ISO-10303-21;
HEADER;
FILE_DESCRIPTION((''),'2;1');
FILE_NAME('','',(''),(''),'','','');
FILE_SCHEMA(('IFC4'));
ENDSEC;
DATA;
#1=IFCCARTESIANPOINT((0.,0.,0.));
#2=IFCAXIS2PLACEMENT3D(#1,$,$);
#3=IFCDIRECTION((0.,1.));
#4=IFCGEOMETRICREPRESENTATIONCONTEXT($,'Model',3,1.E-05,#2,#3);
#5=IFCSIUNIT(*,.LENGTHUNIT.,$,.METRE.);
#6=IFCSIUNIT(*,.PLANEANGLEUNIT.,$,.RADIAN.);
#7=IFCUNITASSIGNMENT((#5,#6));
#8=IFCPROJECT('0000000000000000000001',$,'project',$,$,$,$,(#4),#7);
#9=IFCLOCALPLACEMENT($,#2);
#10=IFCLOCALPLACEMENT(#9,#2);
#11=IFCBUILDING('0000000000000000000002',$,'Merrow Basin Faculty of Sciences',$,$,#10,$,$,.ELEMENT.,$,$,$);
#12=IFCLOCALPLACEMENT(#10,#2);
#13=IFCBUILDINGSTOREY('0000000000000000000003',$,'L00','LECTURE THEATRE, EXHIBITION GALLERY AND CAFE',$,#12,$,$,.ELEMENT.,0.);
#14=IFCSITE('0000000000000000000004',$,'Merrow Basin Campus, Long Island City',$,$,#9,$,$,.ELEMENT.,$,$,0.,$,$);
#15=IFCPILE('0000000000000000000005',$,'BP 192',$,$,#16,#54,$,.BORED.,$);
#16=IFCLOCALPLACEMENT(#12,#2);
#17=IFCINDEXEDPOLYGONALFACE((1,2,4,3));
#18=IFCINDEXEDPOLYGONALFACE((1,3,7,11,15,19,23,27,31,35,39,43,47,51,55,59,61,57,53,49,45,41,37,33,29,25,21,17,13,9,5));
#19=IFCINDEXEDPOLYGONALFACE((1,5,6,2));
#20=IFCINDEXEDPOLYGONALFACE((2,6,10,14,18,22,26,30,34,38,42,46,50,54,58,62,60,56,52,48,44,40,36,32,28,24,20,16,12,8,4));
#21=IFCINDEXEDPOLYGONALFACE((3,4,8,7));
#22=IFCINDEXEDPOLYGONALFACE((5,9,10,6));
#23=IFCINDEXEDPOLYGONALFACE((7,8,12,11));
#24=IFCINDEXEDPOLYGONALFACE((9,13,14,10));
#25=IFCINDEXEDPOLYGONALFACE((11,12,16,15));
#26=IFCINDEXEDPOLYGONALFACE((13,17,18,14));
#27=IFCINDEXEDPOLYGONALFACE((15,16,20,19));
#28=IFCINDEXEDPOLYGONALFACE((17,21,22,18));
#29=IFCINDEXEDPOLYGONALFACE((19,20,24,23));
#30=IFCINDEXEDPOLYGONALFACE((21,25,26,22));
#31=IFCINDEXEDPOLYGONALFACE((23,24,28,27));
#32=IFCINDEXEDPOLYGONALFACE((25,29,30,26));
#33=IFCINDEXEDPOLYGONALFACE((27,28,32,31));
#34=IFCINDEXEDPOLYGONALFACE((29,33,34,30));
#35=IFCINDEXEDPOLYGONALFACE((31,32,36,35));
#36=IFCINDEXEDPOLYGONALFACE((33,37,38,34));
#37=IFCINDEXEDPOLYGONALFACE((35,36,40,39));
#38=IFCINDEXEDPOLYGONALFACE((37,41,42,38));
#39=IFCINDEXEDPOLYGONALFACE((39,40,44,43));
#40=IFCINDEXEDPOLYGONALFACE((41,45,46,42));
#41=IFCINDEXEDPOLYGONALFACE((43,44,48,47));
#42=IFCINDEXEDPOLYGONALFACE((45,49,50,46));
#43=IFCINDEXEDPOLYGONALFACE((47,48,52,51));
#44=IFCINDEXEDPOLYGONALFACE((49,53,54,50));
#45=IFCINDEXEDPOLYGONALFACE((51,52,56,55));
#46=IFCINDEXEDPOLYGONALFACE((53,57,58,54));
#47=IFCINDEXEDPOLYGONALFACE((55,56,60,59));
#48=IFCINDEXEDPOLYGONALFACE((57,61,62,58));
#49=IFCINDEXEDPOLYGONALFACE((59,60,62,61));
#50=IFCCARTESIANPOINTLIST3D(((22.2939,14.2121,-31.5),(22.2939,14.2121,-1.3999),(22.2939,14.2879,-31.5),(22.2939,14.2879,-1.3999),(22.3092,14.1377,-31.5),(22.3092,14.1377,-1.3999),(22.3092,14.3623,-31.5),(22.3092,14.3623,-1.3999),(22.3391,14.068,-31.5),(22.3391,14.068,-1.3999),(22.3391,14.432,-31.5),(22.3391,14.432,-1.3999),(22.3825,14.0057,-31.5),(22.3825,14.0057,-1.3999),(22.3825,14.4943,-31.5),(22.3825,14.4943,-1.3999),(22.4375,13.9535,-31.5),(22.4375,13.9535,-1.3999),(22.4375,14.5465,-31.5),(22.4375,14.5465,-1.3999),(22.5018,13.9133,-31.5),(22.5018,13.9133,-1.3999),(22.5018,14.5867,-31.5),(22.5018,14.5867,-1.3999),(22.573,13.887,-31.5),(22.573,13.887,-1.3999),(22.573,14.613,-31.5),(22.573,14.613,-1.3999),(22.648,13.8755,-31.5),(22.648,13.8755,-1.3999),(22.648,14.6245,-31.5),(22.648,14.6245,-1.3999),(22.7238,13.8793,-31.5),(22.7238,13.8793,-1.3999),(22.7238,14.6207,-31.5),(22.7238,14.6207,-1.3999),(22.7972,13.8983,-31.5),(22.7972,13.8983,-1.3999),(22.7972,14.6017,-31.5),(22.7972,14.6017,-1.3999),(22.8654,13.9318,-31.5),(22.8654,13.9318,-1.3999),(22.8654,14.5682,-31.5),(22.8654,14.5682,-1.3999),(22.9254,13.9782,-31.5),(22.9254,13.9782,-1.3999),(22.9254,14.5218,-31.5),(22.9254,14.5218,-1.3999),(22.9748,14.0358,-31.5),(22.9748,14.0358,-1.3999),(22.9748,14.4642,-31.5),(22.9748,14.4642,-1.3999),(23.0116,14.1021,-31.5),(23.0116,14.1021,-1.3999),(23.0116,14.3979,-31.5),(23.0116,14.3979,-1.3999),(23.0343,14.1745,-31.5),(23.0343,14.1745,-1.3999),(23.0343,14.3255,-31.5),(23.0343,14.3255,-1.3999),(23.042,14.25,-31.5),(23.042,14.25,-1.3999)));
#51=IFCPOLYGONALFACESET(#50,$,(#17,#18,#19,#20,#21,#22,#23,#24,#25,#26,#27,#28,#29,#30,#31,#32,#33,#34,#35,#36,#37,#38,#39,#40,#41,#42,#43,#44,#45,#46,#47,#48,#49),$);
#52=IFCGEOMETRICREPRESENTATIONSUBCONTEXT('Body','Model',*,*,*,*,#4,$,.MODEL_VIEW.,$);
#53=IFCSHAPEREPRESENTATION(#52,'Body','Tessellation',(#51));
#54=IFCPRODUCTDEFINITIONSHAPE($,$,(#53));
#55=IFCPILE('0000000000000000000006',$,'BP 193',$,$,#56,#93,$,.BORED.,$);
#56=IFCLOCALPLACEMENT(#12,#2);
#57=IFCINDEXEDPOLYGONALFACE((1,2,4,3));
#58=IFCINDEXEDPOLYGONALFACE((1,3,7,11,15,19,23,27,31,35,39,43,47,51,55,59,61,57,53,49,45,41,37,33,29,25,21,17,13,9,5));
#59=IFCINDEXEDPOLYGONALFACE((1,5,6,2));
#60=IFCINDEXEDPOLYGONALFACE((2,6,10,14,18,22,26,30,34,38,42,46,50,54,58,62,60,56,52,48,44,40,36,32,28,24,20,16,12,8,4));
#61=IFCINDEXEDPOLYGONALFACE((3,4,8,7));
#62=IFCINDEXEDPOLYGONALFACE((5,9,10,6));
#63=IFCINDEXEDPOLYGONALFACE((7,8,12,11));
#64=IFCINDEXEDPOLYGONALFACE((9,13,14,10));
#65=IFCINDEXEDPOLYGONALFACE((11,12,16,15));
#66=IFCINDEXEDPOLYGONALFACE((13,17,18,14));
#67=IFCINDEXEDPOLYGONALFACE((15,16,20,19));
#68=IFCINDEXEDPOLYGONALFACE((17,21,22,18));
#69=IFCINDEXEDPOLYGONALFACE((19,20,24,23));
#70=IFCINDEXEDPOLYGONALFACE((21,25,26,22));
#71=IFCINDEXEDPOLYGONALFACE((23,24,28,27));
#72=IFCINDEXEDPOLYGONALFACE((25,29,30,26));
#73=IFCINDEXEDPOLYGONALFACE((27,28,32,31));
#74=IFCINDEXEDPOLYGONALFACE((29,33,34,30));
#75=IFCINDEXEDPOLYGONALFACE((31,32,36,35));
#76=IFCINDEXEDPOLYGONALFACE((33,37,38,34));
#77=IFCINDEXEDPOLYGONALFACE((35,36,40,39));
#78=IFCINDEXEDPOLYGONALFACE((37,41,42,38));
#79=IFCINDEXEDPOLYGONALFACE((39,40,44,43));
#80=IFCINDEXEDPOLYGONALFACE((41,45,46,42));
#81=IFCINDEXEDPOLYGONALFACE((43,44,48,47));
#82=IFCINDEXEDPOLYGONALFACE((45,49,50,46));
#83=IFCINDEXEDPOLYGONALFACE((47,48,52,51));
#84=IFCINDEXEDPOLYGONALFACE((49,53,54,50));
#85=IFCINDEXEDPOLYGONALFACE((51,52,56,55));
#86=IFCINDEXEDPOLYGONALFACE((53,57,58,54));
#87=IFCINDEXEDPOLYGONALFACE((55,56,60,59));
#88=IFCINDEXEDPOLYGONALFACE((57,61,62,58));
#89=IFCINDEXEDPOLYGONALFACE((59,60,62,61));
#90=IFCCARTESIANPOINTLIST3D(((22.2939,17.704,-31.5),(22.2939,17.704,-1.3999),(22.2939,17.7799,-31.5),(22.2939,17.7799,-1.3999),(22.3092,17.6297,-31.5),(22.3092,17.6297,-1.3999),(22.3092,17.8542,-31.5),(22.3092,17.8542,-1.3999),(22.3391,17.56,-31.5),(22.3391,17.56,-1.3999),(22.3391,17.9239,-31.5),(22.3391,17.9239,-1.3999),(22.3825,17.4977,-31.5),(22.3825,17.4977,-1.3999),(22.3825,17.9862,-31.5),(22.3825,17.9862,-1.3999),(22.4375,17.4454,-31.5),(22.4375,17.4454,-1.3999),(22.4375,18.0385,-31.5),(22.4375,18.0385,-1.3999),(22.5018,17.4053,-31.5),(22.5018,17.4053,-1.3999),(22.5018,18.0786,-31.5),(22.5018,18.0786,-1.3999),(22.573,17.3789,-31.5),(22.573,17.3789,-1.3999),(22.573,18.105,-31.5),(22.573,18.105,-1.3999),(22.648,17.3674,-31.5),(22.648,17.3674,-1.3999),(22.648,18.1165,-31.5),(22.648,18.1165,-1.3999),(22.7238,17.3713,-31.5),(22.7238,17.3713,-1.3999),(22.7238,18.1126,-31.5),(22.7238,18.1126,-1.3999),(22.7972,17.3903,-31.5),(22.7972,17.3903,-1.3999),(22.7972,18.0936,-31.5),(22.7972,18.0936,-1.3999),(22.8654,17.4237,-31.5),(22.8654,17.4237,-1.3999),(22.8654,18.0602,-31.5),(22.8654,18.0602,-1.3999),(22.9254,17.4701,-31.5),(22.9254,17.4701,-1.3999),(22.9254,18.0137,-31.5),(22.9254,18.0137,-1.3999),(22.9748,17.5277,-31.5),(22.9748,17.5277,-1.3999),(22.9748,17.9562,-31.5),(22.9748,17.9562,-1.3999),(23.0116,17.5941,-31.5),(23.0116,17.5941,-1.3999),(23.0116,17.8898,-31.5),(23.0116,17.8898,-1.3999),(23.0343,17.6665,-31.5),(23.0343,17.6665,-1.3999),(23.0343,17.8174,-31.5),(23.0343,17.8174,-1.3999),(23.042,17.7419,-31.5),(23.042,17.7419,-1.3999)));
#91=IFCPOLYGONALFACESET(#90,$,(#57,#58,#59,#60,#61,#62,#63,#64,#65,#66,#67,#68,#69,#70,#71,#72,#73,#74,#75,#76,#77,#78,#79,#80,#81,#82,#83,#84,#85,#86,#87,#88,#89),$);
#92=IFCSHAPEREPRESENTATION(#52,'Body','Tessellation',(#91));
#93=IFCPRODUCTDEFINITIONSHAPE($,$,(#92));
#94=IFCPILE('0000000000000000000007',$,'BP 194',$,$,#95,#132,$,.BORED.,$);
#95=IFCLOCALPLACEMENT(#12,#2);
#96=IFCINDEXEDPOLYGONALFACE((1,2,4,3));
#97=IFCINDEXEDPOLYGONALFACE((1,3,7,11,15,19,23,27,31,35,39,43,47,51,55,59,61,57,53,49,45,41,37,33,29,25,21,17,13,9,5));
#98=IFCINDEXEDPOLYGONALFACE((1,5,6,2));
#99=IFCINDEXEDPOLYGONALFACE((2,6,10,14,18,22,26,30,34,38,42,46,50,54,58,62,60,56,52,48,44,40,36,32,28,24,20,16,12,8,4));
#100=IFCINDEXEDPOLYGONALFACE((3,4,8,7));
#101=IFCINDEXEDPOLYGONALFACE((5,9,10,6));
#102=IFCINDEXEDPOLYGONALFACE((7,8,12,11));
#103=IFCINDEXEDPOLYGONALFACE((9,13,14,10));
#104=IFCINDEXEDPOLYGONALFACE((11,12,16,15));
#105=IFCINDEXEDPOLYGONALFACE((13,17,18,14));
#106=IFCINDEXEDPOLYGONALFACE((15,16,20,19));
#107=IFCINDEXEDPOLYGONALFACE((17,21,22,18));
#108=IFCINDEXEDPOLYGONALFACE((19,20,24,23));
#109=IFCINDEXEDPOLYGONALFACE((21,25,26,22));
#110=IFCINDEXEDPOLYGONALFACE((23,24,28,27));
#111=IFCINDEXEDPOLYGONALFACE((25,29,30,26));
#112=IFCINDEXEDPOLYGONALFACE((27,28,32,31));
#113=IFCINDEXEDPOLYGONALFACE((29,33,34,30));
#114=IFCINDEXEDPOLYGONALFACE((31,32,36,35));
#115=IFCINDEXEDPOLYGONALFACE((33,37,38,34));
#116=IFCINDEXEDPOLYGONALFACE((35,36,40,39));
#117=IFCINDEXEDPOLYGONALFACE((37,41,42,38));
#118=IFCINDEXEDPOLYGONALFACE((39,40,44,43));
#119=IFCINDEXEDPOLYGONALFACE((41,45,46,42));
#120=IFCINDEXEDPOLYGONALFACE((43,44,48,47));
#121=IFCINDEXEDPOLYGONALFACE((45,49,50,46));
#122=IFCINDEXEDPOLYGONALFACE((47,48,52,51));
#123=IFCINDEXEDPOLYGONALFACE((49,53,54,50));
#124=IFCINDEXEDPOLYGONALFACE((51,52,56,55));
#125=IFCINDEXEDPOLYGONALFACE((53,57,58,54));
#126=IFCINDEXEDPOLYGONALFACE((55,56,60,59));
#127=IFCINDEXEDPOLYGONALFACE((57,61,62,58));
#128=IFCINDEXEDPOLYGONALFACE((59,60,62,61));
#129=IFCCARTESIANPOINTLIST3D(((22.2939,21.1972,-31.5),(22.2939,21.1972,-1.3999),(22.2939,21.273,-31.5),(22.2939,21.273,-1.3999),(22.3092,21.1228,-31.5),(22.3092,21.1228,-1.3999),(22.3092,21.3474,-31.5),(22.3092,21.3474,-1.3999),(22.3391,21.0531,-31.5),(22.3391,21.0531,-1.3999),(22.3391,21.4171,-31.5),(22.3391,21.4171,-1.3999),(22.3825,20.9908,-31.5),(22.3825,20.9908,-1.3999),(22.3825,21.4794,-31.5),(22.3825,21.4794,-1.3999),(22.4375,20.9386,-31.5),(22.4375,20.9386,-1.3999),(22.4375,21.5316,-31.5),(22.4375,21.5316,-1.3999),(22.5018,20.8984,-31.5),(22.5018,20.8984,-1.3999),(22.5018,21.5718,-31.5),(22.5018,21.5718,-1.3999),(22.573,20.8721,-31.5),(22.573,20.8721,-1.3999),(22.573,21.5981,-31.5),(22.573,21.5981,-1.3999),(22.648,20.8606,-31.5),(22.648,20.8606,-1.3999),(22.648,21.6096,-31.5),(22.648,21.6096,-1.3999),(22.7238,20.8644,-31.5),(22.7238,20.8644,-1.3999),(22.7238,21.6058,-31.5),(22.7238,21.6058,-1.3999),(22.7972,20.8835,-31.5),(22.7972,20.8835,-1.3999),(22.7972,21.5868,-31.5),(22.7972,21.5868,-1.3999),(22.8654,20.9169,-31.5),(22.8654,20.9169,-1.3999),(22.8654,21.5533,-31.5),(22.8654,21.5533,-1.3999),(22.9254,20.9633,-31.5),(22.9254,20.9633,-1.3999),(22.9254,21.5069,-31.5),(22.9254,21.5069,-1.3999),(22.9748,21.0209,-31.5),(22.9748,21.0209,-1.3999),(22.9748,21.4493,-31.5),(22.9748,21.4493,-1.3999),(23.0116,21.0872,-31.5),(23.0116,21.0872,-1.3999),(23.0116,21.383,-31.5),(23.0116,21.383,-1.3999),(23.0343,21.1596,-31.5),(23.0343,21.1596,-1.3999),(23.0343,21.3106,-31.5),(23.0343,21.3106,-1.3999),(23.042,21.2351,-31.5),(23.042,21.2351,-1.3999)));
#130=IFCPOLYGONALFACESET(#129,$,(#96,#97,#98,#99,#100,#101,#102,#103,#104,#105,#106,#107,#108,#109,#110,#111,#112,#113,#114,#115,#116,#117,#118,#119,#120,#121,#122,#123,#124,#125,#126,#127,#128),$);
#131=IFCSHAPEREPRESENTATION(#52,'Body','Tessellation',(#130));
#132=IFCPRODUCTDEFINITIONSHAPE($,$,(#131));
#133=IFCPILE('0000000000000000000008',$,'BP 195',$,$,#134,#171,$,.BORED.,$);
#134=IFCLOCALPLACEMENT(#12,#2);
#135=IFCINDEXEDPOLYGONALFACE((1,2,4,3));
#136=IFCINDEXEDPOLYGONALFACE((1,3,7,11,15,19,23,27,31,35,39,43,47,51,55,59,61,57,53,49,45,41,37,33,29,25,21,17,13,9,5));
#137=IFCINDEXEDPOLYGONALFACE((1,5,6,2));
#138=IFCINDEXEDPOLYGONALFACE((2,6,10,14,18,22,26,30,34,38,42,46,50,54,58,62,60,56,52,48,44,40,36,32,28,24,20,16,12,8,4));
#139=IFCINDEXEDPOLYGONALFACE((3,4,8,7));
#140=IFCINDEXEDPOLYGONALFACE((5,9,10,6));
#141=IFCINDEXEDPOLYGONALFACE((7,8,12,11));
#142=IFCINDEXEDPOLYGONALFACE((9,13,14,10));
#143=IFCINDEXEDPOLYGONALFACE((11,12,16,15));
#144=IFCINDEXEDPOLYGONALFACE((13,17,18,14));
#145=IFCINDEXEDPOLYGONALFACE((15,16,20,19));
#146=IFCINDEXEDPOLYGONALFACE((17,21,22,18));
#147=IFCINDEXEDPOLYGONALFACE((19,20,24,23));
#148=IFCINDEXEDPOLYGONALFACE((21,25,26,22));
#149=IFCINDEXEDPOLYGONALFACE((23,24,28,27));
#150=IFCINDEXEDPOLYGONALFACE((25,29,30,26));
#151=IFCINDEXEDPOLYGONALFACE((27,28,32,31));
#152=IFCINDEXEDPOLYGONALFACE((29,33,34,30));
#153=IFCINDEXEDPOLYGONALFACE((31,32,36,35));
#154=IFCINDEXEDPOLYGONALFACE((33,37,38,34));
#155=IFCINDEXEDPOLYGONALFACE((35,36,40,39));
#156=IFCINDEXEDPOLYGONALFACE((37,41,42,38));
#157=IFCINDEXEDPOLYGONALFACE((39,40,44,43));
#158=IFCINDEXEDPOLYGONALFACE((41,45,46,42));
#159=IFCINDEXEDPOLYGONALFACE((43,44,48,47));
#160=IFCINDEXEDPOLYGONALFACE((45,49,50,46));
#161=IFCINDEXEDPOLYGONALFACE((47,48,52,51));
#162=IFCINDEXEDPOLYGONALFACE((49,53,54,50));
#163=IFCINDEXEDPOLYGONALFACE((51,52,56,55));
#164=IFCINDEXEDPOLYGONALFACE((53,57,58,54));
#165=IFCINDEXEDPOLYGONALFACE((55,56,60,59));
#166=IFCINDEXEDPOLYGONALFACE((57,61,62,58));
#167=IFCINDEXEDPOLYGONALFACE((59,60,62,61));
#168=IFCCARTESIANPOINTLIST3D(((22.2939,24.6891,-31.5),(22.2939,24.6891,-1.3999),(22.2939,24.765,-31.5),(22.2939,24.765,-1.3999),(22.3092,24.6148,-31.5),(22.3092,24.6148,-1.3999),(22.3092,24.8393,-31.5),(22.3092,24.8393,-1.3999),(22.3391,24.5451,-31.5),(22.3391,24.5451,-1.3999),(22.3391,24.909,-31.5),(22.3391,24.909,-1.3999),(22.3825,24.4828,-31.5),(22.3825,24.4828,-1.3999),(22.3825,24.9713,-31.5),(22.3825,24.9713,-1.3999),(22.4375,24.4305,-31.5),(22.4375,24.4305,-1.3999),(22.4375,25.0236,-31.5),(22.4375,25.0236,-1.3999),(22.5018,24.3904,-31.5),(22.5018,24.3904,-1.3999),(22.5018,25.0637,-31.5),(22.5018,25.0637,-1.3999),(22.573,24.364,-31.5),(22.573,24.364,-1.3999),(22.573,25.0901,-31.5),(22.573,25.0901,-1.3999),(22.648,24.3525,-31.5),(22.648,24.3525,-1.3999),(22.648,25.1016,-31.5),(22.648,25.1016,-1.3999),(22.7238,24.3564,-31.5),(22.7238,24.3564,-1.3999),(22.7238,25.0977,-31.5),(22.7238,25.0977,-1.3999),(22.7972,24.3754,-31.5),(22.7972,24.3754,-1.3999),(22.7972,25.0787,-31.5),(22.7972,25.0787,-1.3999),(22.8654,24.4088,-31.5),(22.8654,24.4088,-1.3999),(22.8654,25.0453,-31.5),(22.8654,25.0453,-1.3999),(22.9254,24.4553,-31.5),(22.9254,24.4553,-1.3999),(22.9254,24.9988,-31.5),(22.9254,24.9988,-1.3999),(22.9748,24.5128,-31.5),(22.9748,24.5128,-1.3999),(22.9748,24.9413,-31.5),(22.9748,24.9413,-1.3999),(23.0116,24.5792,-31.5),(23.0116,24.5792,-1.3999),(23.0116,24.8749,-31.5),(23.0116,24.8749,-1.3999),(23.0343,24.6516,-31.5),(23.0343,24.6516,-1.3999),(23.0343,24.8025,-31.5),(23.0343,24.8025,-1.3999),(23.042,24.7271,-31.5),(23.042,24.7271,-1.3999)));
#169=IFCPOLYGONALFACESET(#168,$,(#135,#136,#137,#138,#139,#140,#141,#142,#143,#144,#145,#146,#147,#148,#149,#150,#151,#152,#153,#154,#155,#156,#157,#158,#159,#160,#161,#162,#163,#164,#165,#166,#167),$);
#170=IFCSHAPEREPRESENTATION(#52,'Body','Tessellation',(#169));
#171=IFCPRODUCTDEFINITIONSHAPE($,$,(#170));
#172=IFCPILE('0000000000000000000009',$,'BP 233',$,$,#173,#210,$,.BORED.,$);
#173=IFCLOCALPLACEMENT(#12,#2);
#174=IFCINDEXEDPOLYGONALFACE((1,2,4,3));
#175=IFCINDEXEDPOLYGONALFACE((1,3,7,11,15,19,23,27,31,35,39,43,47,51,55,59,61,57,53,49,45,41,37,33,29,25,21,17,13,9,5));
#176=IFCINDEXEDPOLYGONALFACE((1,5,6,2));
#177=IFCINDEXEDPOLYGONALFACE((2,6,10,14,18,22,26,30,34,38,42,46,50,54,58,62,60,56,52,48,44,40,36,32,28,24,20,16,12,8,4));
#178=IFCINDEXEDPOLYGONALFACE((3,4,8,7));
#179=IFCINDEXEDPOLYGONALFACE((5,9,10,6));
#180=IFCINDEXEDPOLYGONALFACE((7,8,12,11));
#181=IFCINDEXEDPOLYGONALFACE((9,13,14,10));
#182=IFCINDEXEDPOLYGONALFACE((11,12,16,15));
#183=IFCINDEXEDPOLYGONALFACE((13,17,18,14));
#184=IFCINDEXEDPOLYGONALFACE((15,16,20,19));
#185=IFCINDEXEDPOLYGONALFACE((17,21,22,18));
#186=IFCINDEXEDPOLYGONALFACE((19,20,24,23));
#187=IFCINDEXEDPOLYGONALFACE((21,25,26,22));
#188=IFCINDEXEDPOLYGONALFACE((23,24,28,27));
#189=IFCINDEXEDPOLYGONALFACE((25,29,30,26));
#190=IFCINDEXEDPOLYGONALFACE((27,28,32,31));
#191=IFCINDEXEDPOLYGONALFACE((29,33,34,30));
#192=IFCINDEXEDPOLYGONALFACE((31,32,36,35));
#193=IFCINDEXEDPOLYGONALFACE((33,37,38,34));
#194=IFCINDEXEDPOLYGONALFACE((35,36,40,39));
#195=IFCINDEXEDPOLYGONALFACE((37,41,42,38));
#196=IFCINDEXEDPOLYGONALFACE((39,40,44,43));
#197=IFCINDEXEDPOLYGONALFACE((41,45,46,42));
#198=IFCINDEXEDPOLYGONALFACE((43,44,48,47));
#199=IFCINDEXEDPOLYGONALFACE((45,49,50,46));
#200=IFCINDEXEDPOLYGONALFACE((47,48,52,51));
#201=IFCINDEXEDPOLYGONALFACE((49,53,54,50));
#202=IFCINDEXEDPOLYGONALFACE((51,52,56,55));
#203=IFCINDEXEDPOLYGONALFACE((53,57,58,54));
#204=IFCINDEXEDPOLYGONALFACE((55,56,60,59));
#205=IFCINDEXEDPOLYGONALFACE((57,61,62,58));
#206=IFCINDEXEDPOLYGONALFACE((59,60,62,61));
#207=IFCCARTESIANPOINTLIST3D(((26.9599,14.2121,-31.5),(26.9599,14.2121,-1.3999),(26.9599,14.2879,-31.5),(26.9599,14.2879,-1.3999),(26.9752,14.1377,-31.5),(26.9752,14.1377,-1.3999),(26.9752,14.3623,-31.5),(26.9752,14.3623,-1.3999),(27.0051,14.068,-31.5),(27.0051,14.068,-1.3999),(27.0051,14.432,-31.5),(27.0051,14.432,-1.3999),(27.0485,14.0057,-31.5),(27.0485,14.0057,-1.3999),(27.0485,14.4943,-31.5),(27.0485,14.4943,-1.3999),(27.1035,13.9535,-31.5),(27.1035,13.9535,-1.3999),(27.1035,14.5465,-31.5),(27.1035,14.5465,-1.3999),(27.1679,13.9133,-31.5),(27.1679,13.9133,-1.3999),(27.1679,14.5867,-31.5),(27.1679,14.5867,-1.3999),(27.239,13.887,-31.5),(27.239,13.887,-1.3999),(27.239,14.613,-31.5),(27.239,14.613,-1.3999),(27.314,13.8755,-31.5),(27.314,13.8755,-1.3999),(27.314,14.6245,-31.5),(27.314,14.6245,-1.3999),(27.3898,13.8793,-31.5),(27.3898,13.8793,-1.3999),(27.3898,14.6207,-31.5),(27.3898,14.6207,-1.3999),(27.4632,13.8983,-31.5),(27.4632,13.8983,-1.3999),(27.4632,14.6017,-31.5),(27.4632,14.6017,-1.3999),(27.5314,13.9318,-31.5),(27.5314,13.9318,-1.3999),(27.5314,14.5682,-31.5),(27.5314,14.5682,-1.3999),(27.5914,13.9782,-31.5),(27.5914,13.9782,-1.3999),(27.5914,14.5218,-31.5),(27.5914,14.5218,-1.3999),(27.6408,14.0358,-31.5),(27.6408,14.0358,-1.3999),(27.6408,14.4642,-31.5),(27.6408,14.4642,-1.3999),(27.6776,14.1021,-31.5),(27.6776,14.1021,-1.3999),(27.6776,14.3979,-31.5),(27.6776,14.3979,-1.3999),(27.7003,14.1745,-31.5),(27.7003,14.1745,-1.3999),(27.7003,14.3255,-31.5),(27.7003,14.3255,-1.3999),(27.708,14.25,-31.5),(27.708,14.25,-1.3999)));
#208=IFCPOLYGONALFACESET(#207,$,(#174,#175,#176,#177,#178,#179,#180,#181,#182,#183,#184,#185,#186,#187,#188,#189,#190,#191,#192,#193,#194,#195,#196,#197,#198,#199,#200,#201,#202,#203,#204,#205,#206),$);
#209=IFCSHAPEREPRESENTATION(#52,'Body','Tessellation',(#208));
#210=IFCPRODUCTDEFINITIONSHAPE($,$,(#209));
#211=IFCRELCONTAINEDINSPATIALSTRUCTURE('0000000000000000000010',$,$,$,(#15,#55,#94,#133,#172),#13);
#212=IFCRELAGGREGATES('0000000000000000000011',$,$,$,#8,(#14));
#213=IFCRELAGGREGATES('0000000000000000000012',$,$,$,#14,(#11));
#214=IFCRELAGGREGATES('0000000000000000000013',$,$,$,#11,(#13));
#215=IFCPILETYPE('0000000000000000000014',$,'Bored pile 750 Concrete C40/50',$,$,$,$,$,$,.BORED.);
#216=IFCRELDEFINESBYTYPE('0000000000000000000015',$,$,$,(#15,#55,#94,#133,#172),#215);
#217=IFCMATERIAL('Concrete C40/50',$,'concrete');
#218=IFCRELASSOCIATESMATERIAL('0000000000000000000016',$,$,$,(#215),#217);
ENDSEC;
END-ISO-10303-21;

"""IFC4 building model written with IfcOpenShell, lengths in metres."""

from ifc_helpers import new_model, si_unit, direction, frame, origin, origin_2d, place, context, subcontext, project, spatial, circle, extrude, material, material_profile, profile_set, type_object, element, save


model = new_model("IFC4")

# Units and contexts
model_context = context("Model", 3, precision=1e-05, world=origin(), true_north=direction((0.0, 1.0)))
body_context = subcontext(model_context, "Body", "Model", "MODEL_VIEW")
ifc_project = project(units=[si_unit("LENGTHUNIT", "METRE"), si_unit("PLANEANGLEUNIT", "RADIAN")], contexts=[model_context])

# Site, building, storey
site_placement = place(None, origin())
site = spatial("IfcSite", under=ifc_project, at=site_placement, Name="Merrow Basin Campus, Long Island City", CompositionType="ELEMENT", RefElevation=0.0)
building_placement = place(site_placement, origin())
building = spatial("IfcBuilding", under=site, at=building_placement, Name="Merrow Basin Faculty of Sciences", CompositionType="ELEMENT")
storey_placement = place(building_placement, origin())
storey = spatial("IfcBuildingStorey", under=building, at=storey_placement, Name="L00", Description="LECTURE THEATRE, EXHIBITION GALLERY AND CAFE", CompositionType="ELEMENT", Elevation=0.0)

# Piles
ifc_material_1 = material(Name="Concrete C40/50", Category="concrete")
ifc_material_profile_1 = material_profile(ifc_material_1, circle(Radius=0.375, at=origin_2d()))
ifc_profile_set_1 = profile_set([ifc_material_profile_1], Name="Concrete C40/50")
pile_type = type_object("IfcPileType", Name="Bored pile 750 Concrete C40/50", PredefinedType="BORED", material=ifc_profile_set_1)
for number, where, z_axis, x_axis, name in (
    (1, (22.667, 14.25, -1.3999), (0.0, 0.0, -1.0), (1.0, 0.0, 0.0), "BP 192"),
    (2, (22.667, 17.7419, -1.3999), (0.0, 0.0, -1.0), (1.0, 0.0, 0.0), "BP 193"),
    (3, (22.667, 21.2351, -1.3999), (0.0, 0.0, -1.0), (1.0, 0.0, 0.0), "BP 194"),
    (4, (22.667, 24.7271, -1.3999), (0.0, 0.0, -1.0), (1.0, 0.0, 0.0), "BP 195"),
    (5, (27.333, 14.25, -1.3999), (0.0, 0.0, -1.0), (1.0, 0.0, 0.0), "BP 233"),
):
    element("IfcPile", number, at=place(storey_placement, frame(where, z_axis=z_axis, x_axis=x_axis)), inside=storey, type_object=pile_type, Name=name, PredefinedType="BORED", context=body_context, shape_type="SweptSolid", body=[
        extrude(circle(Radius=0.375, at=origin_2d()), origin(), (0.0, 0.0, 1.0), 30.1001),
    ])

save(model, "model.ifc")
